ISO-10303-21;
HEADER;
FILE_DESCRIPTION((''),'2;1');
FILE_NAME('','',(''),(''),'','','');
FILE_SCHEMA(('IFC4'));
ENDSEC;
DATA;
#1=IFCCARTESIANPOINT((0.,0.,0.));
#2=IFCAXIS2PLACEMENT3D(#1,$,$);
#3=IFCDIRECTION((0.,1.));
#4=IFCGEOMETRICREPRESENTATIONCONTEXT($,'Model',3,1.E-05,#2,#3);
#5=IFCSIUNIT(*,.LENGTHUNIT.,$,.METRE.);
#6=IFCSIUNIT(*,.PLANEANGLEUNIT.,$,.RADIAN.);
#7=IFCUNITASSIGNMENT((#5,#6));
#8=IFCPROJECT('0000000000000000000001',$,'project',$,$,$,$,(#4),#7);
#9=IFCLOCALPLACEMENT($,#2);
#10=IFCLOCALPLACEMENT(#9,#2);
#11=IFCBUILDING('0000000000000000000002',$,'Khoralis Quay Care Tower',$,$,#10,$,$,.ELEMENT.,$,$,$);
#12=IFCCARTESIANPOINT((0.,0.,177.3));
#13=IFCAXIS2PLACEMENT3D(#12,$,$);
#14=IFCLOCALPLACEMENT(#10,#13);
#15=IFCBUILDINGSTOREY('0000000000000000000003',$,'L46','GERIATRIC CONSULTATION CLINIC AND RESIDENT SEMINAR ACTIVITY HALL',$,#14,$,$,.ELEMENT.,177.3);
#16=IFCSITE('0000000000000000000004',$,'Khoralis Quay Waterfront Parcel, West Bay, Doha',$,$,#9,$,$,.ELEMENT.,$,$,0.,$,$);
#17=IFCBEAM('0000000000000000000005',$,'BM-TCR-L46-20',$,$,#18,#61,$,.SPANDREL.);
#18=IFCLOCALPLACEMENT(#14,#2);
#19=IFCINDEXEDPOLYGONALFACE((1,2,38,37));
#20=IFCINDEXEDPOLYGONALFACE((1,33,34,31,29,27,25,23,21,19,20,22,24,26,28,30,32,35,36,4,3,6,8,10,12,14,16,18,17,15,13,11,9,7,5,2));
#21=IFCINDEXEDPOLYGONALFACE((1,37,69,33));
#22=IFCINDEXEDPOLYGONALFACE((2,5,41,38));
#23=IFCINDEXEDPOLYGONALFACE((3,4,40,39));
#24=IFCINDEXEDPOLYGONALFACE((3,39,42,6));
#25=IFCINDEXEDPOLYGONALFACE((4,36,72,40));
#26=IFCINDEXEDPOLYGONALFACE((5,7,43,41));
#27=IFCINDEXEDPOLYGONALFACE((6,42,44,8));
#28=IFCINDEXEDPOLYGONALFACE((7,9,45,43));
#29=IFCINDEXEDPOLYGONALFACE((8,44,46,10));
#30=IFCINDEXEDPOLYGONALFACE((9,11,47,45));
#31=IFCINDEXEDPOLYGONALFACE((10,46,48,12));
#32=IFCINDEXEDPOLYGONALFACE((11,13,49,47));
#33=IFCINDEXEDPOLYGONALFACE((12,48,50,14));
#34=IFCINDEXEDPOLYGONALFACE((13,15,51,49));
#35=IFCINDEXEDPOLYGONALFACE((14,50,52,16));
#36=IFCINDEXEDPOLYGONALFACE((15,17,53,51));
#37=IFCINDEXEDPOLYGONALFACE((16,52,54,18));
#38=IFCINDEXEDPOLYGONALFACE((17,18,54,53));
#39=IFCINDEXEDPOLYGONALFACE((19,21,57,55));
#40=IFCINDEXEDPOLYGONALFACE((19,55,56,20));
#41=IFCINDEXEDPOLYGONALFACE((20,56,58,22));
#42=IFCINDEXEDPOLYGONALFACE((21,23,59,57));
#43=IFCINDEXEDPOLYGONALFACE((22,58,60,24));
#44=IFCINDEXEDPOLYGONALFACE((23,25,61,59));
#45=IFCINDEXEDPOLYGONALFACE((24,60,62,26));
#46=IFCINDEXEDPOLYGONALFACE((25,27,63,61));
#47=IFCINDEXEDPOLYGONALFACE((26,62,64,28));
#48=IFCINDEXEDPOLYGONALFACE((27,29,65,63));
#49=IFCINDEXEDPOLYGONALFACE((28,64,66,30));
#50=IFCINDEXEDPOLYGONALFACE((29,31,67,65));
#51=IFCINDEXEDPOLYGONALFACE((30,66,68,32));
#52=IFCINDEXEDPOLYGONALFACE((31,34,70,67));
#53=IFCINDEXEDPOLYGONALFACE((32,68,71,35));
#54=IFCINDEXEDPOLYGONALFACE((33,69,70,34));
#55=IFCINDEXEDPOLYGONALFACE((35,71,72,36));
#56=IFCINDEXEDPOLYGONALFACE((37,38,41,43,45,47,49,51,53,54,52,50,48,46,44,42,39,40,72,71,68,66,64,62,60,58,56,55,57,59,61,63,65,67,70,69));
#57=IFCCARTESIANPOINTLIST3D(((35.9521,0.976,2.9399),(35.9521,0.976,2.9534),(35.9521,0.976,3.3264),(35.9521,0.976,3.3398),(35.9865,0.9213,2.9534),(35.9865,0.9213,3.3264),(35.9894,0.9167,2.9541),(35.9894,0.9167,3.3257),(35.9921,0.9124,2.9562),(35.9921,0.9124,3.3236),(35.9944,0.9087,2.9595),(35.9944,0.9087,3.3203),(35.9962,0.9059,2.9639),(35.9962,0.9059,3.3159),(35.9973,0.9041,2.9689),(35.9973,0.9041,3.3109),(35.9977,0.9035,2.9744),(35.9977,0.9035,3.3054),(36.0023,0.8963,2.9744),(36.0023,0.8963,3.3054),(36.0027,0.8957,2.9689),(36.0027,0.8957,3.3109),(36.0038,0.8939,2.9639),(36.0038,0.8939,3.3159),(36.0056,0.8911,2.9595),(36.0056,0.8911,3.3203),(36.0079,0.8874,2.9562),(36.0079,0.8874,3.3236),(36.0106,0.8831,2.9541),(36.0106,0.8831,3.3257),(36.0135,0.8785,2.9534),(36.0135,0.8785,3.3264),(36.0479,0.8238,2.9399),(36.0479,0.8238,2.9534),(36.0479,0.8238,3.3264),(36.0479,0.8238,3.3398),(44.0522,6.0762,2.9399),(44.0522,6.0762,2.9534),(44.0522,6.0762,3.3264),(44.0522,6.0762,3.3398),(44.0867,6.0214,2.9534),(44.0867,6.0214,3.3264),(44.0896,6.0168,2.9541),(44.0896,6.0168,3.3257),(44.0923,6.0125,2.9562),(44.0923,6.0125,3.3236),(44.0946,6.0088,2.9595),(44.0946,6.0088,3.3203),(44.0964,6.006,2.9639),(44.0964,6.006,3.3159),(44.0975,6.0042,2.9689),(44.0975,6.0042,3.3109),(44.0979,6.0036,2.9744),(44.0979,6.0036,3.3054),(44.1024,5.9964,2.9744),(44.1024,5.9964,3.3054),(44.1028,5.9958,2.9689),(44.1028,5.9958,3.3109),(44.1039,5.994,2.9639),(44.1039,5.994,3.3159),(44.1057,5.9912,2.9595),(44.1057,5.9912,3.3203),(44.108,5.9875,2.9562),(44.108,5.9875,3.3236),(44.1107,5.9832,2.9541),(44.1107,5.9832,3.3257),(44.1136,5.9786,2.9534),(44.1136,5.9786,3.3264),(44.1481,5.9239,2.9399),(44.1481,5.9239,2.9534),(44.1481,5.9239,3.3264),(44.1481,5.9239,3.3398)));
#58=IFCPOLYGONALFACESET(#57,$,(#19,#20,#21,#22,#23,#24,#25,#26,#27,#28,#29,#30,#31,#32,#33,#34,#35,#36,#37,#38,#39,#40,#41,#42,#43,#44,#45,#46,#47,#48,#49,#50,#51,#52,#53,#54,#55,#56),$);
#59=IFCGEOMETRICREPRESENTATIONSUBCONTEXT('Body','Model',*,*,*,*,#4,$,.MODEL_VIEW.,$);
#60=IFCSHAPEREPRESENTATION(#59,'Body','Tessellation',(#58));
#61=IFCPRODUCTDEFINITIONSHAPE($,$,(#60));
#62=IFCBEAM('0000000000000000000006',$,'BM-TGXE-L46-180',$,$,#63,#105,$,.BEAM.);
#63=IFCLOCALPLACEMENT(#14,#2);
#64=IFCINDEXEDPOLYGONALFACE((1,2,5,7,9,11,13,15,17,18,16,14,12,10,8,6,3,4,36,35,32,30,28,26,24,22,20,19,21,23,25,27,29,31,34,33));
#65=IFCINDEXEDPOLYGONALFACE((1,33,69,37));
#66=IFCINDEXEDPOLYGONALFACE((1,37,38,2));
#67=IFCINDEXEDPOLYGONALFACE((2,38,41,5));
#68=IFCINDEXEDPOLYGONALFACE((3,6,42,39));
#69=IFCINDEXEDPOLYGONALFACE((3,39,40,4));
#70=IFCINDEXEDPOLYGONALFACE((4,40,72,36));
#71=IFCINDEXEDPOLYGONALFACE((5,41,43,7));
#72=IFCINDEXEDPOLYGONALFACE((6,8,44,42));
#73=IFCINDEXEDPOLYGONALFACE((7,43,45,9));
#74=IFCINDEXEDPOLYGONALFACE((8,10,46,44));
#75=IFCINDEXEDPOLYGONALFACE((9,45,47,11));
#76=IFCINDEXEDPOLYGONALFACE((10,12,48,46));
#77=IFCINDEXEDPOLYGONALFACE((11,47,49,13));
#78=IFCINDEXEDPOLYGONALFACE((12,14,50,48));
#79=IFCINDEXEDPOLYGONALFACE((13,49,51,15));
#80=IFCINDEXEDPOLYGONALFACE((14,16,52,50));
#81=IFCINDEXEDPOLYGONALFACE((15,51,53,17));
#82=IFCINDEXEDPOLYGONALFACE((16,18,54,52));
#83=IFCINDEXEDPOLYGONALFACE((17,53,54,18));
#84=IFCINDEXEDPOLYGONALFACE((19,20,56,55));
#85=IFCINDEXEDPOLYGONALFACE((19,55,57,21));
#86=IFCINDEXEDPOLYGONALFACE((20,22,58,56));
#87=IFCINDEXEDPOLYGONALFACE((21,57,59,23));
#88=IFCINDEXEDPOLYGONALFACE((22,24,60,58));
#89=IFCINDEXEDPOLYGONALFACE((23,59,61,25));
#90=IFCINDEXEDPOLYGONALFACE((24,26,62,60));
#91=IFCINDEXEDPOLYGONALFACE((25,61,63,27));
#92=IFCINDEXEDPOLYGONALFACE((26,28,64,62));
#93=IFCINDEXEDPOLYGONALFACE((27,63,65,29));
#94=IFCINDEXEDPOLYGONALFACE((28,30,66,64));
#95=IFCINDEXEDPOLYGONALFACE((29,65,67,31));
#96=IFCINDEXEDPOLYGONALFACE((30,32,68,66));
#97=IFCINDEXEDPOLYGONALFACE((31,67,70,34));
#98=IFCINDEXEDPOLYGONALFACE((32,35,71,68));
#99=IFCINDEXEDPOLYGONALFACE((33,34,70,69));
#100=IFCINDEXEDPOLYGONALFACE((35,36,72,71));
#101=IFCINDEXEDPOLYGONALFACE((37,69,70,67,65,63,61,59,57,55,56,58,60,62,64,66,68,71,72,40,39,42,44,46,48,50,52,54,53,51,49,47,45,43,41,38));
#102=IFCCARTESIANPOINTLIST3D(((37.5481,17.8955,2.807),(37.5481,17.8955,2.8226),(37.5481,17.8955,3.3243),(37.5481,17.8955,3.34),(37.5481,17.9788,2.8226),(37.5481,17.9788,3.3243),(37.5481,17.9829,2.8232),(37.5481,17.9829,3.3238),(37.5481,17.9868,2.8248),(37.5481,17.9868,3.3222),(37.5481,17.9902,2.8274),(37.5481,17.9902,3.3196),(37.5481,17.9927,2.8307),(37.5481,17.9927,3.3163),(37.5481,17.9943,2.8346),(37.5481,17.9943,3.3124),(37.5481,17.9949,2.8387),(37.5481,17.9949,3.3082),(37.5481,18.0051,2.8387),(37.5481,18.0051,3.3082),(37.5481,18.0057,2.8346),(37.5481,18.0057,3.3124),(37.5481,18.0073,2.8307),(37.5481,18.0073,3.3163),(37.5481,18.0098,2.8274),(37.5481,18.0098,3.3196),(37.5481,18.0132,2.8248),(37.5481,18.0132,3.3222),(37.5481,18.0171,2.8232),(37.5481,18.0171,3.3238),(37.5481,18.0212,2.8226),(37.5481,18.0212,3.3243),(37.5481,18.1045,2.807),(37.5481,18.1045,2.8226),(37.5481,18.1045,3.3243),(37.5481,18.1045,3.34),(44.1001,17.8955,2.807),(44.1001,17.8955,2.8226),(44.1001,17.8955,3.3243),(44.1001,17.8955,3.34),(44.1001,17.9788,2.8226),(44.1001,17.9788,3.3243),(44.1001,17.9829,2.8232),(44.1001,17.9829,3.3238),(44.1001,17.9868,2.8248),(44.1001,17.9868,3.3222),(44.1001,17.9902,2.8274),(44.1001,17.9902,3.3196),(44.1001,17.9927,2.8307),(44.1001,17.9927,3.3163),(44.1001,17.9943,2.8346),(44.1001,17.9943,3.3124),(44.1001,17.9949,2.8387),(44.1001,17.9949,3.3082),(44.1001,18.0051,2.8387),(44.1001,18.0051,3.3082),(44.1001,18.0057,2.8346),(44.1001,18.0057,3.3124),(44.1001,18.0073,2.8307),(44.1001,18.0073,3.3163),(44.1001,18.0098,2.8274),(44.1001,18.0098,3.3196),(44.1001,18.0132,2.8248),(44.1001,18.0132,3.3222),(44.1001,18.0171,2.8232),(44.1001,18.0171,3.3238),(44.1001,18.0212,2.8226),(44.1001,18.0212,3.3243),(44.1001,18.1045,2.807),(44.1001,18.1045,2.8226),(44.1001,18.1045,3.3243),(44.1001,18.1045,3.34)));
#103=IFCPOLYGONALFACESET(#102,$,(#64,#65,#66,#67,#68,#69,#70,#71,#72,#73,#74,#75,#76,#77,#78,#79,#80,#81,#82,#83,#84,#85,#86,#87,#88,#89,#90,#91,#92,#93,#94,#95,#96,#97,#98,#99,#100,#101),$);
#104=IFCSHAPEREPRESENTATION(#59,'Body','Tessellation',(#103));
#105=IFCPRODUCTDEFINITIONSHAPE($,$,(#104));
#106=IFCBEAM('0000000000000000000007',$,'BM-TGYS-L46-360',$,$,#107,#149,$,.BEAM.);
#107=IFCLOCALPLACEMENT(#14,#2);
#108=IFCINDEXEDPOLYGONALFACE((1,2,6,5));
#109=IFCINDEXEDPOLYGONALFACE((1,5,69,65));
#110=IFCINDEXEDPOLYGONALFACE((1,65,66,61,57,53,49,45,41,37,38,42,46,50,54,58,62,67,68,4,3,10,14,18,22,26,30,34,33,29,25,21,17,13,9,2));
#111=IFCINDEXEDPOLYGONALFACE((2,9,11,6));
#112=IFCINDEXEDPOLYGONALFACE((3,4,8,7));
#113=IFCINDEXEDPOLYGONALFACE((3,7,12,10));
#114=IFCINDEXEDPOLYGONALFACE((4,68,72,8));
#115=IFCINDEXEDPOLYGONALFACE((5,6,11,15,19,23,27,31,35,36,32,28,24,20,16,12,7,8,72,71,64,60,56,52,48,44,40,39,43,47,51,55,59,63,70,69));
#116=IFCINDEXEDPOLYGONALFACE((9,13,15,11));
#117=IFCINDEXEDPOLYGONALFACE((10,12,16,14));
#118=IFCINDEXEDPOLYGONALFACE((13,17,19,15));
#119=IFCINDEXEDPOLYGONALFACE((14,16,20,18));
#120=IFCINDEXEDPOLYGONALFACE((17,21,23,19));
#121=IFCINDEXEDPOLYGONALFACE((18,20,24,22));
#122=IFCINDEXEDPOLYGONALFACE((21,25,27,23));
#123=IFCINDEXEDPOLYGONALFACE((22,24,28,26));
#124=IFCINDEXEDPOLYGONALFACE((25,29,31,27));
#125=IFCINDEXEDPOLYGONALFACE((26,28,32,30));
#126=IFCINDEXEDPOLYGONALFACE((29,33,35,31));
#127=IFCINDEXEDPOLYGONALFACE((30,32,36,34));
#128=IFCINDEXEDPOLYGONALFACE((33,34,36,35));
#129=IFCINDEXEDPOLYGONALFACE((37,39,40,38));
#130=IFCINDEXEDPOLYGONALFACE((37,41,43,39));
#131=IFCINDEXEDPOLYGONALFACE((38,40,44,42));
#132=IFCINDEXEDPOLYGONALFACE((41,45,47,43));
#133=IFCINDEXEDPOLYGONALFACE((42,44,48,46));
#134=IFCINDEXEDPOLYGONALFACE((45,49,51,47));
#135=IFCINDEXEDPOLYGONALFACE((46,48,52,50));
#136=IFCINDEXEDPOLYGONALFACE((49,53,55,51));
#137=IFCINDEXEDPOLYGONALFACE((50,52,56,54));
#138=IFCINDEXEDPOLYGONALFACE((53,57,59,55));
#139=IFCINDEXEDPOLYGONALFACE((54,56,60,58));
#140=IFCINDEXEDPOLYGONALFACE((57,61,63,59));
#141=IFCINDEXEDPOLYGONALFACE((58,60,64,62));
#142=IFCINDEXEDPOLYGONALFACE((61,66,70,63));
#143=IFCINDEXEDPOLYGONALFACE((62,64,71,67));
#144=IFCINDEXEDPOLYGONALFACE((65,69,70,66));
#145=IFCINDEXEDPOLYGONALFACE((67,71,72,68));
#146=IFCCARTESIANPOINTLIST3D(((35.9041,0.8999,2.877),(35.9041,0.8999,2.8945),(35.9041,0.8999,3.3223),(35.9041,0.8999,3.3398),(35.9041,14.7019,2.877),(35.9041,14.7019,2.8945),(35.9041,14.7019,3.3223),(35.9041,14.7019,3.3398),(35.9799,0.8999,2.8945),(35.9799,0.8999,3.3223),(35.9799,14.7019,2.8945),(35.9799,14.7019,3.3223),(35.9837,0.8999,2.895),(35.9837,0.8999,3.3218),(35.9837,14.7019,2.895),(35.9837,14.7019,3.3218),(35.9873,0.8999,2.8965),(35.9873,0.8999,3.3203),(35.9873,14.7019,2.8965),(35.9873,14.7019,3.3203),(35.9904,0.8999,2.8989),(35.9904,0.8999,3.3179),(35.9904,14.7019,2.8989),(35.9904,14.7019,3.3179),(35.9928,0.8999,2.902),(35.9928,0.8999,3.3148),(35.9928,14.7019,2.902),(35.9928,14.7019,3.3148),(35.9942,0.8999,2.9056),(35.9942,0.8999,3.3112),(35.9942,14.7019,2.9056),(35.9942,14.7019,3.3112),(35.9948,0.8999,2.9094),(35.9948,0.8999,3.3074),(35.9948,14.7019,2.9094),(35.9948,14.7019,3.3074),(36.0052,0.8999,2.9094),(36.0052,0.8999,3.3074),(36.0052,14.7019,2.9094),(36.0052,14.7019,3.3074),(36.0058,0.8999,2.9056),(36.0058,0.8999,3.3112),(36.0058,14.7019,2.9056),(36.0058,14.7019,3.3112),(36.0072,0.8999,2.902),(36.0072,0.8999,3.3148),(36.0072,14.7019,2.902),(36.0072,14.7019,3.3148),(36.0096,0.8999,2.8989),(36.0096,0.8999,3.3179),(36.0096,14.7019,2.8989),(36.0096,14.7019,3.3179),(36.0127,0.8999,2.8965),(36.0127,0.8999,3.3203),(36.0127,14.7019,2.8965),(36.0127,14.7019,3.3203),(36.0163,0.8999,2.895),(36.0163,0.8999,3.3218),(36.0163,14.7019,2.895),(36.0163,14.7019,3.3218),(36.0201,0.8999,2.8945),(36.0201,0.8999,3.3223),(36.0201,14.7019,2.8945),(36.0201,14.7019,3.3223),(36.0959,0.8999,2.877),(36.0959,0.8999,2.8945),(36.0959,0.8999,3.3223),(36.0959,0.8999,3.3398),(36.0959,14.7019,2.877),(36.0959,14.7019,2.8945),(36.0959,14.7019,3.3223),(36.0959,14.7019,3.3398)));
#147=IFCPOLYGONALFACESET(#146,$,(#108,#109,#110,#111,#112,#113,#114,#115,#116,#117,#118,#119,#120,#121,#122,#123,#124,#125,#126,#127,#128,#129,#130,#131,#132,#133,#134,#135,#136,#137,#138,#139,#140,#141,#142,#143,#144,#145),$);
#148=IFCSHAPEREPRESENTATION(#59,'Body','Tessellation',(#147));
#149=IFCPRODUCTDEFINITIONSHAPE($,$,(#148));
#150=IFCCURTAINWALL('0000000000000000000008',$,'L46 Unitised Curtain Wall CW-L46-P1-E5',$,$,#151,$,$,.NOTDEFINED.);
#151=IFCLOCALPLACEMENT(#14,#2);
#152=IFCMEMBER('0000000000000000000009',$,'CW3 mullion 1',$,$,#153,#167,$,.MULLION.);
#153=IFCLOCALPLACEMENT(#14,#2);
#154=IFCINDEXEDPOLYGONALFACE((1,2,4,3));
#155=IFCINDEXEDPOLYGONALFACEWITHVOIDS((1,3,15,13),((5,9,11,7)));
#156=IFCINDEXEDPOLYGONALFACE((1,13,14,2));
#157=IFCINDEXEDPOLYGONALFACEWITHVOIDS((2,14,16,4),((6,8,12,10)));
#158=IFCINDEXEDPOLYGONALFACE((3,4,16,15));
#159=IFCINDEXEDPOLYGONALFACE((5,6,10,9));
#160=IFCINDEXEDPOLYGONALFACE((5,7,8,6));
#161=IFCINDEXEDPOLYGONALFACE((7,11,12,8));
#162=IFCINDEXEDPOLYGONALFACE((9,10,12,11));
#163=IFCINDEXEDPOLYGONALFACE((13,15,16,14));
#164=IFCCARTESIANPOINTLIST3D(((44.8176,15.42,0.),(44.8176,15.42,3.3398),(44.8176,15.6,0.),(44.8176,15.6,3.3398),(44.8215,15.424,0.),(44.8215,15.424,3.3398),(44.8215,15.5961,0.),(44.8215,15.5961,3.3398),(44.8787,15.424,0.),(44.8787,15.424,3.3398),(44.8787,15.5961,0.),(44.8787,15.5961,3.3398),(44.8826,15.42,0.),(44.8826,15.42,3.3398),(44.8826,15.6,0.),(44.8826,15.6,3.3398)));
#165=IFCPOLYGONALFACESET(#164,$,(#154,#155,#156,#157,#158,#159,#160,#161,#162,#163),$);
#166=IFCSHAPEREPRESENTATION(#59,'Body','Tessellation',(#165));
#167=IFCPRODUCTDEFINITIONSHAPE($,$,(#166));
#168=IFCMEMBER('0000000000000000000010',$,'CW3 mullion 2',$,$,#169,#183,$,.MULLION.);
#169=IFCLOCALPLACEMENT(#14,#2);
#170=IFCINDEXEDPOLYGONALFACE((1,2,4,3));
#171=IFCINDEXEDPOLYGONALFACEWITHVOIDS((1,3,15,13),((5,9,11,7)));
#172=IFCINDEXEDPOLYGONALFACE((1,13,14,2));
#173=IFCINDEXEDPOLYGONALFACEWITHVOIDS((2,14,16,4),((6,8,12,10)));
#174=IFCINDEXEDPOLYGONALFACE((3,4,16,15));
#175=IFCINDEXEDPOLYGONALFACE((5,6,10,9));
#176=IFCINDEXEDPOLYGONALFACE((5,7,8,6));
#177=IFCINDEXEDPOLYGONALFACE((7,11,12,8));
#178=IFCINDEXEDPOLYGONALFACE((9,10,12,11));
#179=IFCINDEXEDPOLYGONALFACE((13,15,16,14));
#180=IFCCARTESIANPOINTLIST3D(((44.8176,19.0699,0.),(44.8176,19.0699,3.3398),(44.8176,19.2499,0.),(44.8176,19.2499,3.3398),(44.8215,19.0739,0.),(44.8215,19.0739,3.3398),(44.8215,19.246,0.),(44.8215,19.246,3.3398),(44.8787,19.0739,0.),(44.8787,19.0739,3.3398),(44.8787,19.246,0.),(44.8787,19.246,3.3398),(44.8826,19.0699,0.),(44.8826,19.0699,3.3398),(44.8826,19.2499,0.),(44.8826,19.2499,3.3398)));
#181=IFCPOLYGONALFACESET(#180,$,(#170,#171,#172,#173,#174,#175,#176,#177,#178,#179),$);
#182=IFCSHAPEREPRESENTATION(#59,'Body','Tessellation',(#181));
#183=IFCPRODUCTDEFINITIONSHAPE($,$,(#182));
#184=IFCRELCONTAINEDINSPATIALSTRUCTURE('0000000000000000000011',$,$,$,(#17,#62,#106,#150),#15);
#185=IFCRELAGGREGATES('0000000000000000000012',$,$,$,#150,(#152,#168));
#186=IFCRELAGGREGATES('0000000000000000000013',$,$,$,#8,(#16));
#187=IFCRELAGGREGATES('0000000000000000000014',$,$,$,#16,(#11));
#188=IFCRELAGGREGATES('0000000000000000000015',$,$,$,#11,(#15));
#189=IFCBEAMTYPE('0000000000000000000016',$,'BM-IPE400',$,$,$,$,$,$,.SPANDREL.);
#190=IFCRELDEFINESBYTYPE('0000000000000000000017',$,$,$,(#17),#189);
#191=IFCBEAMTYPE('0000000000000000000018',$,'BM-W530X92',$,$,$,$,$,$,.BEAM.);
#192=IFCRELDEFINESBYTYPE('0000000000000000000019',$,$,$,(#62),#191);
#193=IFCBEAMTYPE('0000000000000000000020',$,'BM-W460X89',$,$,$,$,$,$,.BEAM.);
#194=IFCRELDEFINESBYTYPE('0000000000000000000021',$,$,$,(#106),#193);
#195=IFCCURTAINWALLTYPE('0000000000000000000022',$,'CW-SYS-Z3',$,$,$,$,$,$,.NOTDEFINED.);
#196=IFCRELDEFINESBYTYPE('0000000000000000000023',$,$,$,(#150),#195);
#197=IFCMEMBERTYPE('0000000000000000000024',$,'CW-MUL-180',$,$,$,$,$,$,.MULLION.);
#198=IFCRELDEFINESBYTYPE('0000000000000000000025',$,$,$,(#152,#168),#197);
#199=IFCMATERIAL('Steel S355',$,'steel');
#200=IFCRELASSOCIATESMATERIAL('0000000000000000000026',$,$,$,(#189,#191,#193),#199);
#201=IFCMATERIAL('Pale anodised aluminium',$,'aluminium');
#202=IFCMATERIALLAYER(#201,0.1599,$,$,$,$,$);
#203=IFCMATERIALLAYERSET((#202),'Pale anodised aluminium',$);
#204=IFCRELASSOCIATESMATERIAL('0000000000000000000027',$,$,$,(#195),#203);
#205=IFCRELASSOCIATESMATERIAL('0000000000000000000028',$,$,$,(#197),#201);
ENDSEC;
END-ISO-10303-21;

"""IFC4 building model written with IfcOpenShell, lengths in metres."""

from ifc_helpers import new_model, si_unit, direction, frame, origin, origin_2d, place, context, subcontext, project, spatial, hollow_rectangle, i_section, extrude, source, transform, mapped, material, layer, layer_set, material_profile, profile_set, type_object, element, aggregate, save


model = new_model("IFC4")

# Units and contexts
model_context = context("Model", 3, precision=1e-05, world=origin(), true_north=direction((0.0, 1.0)))
body_context = subcontext(model_context, "Body", "Model", "MODEL_VIEW")
ifc_project = project(units=[si_unit("LENGTHUNIT", "METRE"), si_unit("PLANEANGLEUNIT", "RADIAN")], contexts=[model_context])

# Site, building, storey
site_placement = place(None, origin())
site = spatial("IfcSite", under=ifc_project, at=site_placement, Name="Khoralis Quay Waterfront Parcel, West Bay, Doha", CompositionType="ELEMENT", RefElevation=0.0)
building_placement = place(site_placement, origin())
building = spatial("IfcBuilding", under=site, at=building_placement, Name="Khoralis Quay Care Tower", CompositionType="ELEMENT")
storey_placement = place(building_placement, frame((0.0, 0.0, 177.3)))
storey = spatial("IfcBuildingStorey", under=building, at=storey_placement, Name="L46", Description="GERIATRIC CONSULTATION CLINIC AND RESIDENT SEMINAR ACTIVITY HALL", CompositionType="ELEMENT", Elevation=177.3)

# Beams
ifc_material_1 = material(Name="Steel S355", Category="steel")
ifc_material_profile_1 = material_profile(ifc_material_1, i_section(OverallWidth=0.1799, OverallDepth=0.3999, WebThickness=0.0085, FlangeThickness=0.0134, FilletRadius=0.021, at=origin_2d()), Name="Steel S355")
ifc_profile_set_1 = profile_set([ifc_material_profile_1], Name="Steel S355")
beam_type_1 = type_object("IfcBeamType", Name="BM-IPE400", PredefinedType="SPANDREL", material=ifc_profile_set_1)
shared_shape_1 = source(origin(), body_context, "Body", "SweptSolid", [
    extrude(i_section(OverallWidth=0.1799, OverallDepth=0.3999, WebThickness=0.0085, FlangeThickness=0.0134, FilletRadius=0.021, at=origin_2d()), origin(), (0.0, 0.0, 1.0), 9.572),
])
beam_1_placement = place(storey_placement, frame((36.0, 0.8999, 3.1399), z_axis=(0.846231, 0.532816, 0.0), x_axis=(-0.532816, 0.846231, 0.0)))
element("IfcBeam", 1, at=beam_1_placement, inside=storey, type_object=beam_type_1, Name="BM-TCR-L46-20", PredefinedType="SPANDREL", context=body_context, shape_type="MappedRepresentation", body=[
    mapped(shared_shape_1, transform((0.0, 0.0, 0.0), scale=1.0)),
])
ifc_material_profile_2 = material_profile(ifc_material_1, i_section(OverallWidth=0.209, OverallDepth=0.533, WebThickness=0.0103, FlangeThickness=0.0156, FilletRadius=0.0161, at=origin_2d()), Name="Steel S355")
ifc_profile_set_2 = profile_set([ifc_material_profile_2], Name="Steel S355")
beam_type_2 = type_object("IfcBeamType", Name="BM-W530X92", PredefinedType="BEAM", material=ifc_profile_set_2)
shared_shape_2 = source(origin(), body_context, "Body", "SweptSolid", [
    extrude(i_section(OverallWidth=0.209, OverallDepth=0.533, WebThickness=0.0103, FlangeThickness=0.0156, FilletRadius=0.0161, at=origin_2d()), origin(), (0.0, 0.0, 1.0), 6.552),
])
beam_2_placement = place(storey_placement, frame((37.5481, 18.0, 3.0735), z_axis=(1.0, 0.0, 0.0), x_axis=(0.0, 1.0, 0.0)))
element("IfcBeam", 2, at=beam_2_placement, inside=storey, type_object=beam_type_2, Name="BM-TGXE-L46-180", PredefinedType="BEAM", context=body_context, shape_type="MappedRepresentation", body=[
    mapped(shared_shape_2, transform((0.0, 0.0, 0.0), scale=1.0)),
])
ifc_material_profile_3 = material_profile(ifc_material_1, i_section(OverallWidth=0.1919, OverallDepth=0.4629, WebThickness=0.0105, FlangeThickness=0.0176, FilletRadius=0.0149, at=origin_2d()), Name="Steel S355")
ifc_profile_set_3 = profile_set([ifc_material_profile_3], Name="Steel S355")
beam_type_3 = type_object("IfcBeamType", Name="BM-W460X89", PredefinedType="BEAM", material=ifc_profile_set_3)
shared_shape_3 = source(origin(), body_context, "Body", "SweptSolid", [
    extrude(i_section(OverallWidth=0.1919, OverallDepth=0.4629, WebThickness=0.0105, FlangeThickness=0.0176, FilletRadius=0.0149, at=origin_2d()), origin(), (0.0, 0.0, 1.0), 13.802),
])
beam_3_placement = place(storey_placement, frame((36.0, 0.8999, 3.1084), z_axis=(0.0, 1.0, 0.0), x_axis=(-1.0, 0.0, 0.0)))
element("IfcBeam", 3, at=beam_3_placement, inside=storey, type_object=beam_type_3, Name="BM-TGYS-L46-360", PredefinedType="BEAM", context=body_context, shape_type="MappedRepresentation", body=[
    mapped(shared_shape_3, transform((0.0, 0.0, 0.0), scale=1.0)),
])

# Curtain wall, members
ifc_material_2 = material(Name="Pale anodised aluminium", Category="aluminium")
ifc_layer_1 = layer(ifc_material_2, 0.1599)
ifc_layer_set_1 = layer_set([ifc_layer_1], Name="Pale anodised aluminium")
curtain_wall_type = type_object("IfcCurtainWallType", Name="CW-SYS-Z3", PredefinedType="NOTDEFINED", material=ifc_layer_set_1)
curtain_wall_placement = place(storey_placement, origin())
curtain_wall = element("IfcCurtainWall", 4, at=curtain_wall_placement, inside=storey, type_object=curtain_wall_type, Name="L46 Unitised Curtain Wall CW-L46-P1-E5", PredefinedType="NOTDEFINED")
ifc_material_profile_4 = material_profile(ifc_material_2, hollow_rectangle(XDim=0.0649, YDim=0.1799, WallThickness=0.0039, at=origin_2d()), Name="Pale anodised aluminium")
ifc_profile_set_4 = profile_set([ifc_material_profile_4], Name="Pale anodised aluminium")
member_type_1 = type_object("IfcMemberType", Name="CW-MUL-180", PredefinedType="MULLION", material=ifc_profile_set_4)
shared_shape_4 = source(origin(), body_context, "Body", "SweptSolid", [
    extrude(hollow_rectangle(XDim=0.0649, YDim=0.1799, WallThickness=0.0039, at=origin_2d()), origin(), (0.0, 0.0, 1.0), 3.3398),
])
member_1_placement = place(storey_placement, frame((44.8501, 15.51, 0.0), z_axis=(0.0, 0.0, 1.0), x_axis=(-1.0, 0.0, 0.0)))
member_1 = element("IfcMember", 5, at=member_1_placement, type_object=member_type_1, Name="CW3 mullion 1", PredefinedType="MULLION", context=body_context, shape_type="MappedRepresentation", body=[
    mapped(shared_shape_4, transform((0.0, 0.0, 0.0), scale=1.0)),
])
member_2_placement = place(storey_placement, frame((44.8501, 19.1599, 0.0), z_axis=(0.0, 0.0, 1.0), x_axis=(-1.0, 0.0, 0.0)))
member_2 = element("IfcMember", 6, at=member_2_placement, type_object=member_type_1, Name="CW3 mullion 2", PredefinedType="MULLION", context=body_context, shape_type="MappedRepresentation", body=[
    mapped(shared_shape_4, transform((0.0, 0.0, 0.0), scale=1.0)),
])
aggregate(curtain_wall, [member_1, member_2])

save(model, "model.ifc")
